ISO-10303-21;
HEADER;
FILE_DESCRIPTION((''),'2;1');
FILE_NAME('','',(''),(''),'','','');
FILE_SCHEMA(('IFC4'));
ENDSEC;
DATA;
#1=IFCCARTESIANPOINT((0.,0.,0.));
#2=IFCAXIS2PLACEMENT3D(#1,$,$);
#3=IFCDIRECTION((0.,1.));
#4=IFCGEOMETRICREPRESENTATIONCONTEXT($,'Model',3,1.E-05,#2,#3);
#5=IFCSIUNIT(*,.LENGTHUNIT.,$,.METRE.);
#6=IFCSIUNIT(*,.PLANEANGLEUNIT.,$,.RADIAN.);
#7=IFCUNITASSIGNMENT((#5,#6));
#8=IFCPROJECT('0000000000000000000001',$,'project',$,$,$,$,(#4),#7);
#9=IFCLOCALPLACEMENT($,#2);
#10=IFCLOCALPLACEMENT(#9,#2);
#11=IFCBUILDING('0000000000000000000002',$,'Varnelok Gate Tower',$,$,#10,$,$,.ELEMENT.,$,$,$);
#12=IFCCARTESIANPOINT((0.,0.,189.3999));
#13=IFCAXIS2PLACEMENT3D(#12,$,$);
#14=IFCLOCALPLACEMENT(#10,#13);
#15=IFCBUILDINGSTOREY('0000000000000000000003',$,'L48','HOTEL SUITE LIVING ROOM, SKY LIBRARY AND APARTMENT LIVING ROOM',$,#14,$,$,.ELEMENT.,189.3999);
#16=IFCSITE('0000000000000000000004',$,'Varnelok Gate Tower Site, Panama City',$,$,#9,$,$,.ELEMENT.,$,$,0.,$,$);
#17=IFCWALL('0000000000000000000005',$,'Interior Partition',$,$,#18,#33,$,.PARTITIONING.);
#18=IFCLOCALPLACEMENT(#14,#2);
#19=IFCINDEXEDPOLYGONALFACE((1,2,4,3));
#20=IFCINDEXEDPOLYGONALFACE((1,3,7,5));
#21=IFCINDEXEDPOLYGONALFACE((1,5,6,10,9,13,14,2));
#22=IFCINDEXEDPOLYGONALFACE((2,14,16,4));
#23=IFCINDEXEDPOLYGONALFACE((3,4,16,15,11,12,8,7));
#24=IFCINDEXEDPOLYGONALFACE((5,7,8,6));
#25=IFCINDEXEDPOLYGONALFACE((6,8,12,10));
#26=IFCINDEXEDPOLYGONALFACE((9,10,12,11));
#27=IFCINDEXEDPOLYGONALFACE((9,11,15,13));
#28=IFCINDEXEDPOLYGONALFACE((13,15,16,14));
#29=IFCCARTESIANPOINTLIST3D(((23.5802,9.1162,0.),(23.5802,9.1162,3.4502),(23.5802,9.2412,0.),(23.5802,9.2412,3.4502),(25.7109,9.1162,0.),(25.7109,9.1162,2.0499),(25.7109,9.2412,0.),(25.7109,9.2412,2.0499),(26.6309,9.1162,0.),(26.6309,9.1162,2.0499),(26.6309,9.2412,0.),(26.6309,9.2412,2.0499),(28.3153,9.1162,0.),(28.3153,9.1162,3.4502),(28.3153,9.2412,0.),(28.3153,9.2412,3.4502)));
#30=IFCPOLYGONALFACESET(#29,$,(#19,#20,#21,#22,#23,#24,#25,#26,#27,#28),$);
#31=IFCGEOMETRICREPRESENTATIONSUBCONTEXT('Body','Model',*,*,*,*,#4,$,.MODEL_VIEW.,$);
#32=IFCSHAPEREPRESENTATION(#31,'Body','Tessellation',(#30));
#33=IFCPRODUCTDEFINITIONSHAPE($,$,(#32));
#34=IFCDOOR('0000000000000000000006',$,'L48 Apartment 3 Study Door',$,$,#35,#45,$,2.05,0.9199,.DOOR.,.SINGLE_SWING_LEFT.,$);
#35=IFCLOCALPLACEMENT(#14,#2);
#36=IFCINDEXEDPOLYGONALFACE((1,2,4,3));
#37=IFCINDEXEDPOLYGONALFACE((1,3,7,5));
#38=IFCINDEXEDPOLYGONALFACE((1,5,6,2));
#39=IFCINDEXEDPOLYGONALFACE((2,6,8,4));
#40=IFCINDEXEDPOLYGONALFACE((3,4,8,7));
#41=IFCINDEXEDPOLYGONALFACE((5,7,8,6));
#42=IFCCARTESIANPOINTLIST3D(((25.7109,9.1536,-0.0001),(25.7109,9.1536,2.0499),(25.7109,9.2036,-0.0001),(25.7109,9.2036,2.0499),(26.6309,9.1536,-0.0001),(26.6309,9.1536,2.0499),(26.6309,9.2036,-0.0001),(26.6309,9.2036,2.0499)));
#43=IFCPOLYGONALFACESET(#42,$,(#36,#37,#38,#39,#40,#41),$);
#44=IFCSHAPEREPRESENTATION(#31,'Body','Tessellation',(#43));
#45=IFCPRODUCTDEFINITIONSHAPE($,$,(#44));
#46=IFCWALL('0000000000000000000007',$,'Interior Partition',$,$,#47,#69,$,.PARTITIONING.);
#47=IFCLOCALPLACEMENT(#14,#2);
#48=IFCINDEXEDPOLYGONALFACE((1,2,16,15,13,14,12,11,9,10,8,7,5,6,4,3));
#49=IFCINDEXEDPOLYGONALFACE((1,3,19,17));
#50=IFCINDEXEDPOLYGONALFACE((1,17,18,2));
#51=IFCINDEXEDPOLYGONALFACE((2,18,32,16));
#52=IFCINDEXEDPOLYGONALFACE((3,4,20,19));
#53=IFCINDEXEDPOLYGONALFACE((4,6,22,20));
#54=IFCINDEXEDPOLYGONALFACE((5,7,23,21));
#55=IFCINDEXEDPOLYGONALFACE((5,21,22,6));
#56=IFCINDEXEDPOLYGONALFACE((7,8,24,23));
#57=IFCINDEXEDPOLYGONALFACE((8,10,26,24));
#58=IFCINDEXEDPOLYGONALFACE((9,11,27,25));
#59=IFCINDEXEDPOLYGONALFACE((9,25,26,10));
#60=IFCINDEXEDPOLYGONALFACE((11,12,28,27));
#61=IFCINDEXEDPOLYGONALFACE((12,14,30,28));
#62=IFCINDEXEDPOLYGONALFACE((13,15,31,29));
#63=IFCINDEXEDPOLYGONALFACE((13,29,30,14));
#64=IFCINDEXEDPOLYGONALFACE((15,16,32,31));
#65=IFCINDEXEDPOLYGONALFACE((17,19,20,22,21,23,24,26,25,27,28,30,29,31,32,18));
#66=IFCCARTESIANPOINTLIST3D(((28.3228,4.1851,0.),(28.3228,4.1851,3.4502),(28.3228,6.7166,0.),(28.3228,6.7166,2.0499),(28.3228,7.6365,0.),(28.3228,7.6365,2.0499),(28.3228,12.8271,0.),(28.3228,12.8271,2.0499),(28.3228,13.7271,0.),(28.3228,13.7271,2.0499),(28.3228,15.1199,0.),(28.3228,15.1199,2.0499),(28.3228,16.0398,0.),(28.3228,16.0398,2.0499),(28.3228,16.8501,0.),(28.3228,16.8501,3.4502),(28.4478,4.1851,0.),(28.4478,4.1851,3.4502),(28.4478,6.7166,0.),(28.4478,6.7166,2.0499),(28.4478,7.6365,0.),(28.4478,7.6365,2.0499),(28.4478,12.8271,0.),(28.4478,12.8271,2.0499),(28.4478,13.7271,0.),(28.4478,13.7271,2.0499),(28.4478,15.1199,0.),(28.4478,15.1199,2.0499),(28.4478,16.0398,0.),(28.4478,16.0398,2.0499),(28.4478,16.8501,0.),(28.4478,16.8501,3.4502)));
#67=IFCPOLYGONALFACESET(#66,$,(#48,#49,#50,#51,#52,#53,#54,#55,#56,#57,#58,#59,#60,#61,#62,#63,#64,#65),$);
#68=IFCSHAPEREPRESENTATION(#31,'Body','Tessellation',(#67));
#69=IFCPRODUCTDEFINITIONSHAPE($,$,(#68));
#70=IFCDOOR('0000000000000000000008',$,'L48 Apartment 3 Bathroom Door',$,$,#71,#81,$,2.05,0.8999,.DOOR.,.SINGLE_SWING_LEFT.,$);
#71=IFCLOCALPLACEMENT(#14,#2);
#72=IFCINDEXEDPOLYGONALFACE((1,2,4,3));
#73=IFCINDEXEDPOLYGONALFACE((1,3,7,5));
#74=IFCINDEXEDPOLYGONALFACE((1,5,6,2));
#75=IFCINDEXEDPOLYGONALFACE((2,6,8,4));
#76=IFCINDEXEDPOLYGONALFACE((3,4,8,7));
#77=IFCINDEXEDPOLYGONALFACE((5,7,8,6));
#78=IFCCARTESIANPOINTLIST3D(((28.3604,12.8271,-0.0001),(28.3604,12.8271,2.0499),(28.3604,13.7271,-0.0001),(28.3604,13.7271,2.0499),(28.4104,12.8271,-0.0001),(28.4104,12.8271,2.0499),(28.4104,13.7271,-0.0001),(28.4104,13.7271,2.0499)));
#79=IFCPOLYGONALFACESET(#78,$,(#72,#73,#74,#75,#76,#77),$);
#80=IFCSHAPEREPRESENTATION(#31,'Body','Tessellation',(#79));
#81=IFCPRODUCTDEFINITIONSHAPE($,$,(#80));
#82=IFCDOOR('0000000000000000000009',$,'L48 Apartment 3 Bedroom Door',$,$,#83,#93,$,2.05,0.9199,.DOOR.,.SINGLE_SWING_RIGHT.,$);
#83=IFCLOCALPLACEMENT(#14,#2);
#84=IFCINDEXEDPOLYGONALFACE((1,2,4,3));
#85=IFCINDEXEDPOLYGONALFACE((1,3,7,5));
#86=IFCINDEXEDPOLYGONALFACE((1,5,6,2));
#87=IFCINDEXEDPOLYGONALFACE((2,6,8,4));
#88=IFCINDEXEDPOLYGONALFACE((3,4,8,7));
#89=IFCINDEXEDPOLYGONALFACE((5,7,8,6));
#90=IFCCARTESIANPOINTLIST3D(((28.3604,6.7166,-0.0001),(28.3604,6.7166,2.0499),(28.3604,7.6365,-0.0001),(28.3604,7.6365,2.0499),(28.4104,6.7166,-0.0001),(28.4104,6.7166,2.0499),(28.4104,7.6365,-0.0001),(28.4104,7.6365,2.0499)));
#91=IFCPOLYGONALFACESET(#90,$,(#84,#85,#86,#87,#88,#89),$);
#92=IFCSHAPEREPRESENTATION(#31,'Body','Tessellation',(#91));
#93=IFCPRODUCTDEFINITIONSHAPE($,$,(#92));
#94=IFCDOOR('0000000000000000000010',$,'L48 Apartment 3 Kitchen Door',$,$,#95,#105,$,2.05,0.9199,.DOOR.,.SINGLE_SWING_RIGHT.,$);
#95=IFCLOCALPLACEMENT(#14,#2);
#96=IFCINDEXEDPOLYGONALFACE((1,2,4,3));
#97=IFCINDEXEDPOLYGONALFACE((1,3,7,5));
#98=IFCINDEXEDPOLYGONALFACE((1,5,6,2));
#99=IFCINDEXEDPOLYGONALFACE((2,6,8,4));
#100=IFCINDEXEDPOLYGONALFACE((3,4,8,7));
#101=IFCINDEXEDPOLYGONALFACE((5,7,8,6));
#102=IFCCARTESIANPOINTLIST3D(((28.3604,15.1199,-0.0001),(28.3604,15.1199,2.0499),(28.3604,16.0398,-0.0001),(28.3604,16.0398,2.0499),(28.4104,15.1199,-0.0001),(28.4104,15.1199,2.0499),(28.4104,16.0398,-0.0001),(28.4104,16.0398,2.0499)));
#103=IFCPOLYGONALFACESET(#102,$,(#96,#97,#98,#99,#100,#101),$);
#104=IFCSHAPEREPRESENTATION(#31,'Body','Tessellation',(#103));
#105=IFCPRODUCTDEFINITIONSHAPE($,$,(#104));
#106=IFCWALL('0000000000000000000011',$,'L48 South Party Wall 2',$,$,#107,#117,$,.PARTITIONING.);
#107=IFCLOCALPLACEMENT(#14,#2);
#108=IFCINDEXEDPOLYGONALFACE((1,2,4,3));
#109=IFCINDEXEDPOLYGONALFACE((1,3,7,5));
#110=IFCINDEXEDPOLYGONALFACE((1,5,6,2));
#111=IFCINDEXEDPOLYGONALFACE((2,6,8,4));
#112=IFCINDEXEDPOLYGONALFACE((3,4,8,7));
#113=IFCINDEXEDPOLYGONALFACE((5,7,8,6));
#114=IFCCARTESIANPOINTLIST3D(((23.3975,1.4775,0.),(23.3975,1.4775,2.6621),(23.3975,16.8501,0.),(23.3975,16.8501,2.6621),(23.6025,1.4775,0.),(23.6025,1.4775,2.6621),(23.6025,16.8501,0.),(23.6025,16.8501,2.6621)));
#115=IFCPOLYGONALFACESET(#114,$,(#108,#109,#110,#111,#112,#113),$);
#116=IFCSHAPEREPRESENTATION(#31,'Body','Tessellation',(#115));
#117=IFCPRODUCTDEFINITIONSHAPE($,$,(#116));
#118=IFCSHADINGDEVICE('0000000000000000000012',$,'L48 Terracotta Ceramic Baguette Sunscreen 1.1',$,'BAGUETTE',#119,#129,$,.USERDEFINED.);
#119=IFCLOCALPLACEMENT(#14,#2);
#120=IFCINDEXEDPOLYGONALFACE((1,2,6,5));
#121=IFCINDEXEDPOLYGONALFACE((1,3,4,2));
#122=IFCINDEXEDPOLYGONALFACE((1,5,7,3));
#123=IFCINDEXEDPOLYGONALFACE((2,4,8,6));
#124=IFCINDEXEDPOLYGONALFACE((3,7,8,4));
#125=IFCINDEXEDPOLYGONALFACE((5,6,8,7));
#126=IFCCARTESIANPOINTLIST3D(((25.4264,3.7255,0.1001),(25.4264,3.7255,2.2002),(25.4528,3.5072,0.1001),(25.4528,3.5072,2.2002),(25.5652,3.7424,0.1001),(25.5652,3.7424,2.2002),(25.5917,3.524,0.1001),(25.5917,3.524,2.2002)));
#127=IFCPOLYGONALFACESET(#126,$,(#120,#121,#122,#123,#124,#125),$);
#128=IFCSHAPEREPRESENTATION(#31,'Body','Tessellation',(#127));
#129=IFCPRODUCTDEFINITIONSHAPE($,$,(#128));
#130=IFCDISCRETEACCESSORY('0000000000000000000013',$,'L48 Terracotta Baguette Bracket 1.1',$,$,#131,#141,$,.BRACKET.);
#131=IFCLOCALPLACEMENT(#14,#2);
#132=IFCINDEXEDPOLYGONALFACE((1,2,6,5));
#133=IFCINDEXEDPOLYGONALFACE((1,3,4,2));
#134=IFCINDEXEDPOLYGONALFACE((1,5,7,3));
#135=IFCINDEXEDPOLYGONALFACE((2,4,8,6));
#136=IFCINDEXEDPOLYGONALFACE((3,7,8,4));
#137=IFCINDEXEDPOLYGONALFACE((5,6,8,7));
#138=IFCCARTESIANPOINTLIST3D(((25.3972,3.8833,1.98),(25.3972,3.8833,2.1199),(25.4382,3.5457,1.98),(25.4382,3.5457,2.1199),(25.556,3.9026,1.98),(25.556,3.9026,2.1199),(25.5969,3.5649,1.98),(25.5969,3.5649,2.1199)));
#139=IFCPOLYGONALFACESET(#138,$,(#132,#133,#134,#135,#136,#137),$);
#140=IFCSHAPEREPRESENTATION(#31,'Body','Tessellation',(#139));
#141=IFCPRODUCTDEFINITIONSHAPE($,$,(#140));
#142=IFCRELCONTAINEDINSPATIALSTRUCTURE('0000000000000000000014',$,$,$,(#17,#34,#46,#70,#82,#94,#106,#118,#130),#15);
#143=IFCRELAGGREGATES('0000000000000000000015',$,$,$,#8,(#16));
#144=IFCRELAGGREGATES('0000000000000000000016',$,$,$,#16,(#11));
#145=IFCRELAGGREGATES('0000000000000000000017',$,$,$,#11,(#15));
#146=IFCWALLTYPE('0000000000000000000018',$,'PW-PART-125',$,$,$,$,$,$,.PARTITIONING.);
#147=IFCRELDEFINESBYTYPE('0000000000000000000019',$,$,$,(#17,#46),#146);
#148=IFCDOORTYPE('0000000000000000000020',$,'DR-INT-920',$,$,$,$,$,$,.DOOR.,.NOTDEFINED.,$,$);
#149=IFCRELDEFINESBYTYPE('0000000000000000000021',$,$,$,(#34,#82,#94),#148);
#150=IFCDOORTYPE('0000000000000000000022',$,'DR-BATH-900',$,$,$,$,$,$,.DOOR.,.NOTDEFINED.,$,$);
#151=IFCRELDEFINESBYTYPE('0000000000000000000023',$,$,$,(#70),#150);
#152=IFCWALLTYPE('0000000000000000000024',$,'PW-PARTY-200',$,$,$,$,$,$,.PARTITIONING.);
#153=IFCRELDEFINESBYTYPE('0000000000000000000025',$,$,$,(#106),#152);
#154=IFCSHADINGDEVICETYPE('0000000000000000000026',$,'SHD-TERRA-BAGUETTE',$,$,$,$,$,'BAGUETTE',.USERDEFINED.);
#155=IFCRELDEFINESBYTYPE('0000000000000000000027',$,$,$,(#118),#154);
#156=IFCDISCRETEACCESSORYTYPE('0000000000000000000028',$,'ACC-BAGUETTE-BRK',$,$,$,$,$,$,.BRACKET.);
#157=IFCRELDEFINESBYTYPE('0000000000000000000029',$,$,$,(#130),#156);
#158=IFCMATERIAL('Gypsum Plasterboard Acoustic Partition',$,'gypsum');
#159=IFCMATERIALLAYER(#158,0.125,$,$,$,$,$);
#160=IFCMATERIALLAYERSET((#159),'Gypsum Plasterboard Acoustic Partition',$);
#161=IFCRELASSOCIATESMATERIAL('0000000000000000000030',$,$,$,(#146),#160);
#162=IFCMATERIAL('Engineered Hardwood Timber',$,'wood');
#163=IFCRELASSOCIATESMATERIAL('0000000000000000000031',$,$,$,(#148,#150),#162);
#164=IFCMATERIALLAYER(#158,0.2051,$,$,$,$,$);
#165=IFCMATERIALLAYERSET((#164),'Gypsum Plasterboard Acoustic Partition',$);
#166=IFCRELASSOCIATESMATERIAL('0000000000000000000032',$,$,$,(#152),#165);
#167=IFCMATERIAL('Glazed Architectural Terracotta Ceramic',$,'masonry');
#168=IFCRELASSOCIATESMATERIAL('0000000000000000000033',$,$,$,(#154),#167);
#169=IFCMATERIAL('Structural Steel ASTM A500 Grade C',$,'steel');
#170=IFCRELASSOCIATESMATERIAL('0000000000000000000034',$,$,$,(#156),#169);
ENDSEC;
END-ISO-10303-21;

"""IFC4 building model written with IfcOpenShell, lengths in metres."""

from ifc_helpers import new_model, si_unit, direction, frame, frame_2d, origin, origin_2d, place, context, subcontext, project, spatial, rectangle, extrude, source, transform, mapped, material, layer, layer_set, type_object, element, fill, save


model = new_model("IFC4")

# Units and contexts
model_context = context("Model", 3, precision=1e-05, world=origin(), true_north=direction((0.0, 1.0)))
body_context = subcontext(model_context, "Body", "Model", "MODEL_VIEW")
ifc_project = project(units=[si_unit("LENGTHUNIT", "METRE"), si_unit("PLANEANGLEUNIT", "RADIAN")], contexts=[model_context])

# Site, building, storey
site_placement = place(None, origin())
site = spatial("IfcSite", under=ifc_project, at=site_placement, Name="Varnelok Gate Tower Site, Panama City", CompositionType="ELEMENT", RefElevation=0.0)
building_placement = place(site_placement, origin())
building = spatial("IfcBuilding", under=site, at=building_placement, Name="Varnelok Gate Tower", CompositionType="ELEMENT")
storey_placement = place(building_placement, frame((0.0, 0.0, 189.3999)))
storey = spatial("IfcBuildingStorey", under=building, at=storey_placement, Name="L48", Description="HOTEL SUITE LIVING ROOM, SKY LIBRARY AND APARTMENT LIVING ROOM", CompositionType="ELEMENT", Elevation=189.3999)

# Shared definitions
ifc_material_1 = material(Name="Gypsum Plasterboard Acoustic Partition", Category="gypsum")

# Wall, opening, door
ifc_layer_1 = layer(ifc_material_1, 0.125)
ifc_layer_set_1 = layer_set([ifc_layer_1], Name="Gypsum Plasterboard Acoustic Partition")
wall_type_1 = type_object("IfcWallType", Name="PW-PART-125", PredefinedType="PARTITIONING", material=ifc_layer_set_1)
wall_1_placement = place(storey_placement, frame((23.5801, 9.1787, 0.0), z_axis=(0.0, 0.0, 1.0), x_axis=(1.0, 0.0, 0.0)))
wall_1 = element("IfcWall", 1, at=wall_1_placement, inside=storey, type_object=wall_type_1, Name="Interior Partition", PredefinedType="PARTITIONING", context=body_context, shape_type="SweptSolid", body=[
    extrude(rectangle(XDim=4.7351, YDim=0.125, at=frame_2d((2.3677, 0.0))), origin(), (0.0, 0.0, 1.0), 3.4502),
])
opening_1_placement = place(wall_1_placement, frame((2.1309, 0.0, 0.0)))
opening_1 = element("IfcOpeningElement", 2, at=opening_1_placement, cuts=wall_1, PredefinedType="OPENING", context=body_context, shape_type="SweptSolid", body=[
    extrude(rectangle(XDim=0.9199, YDim=2.05, at=frame_2d((0.46, 1.0249))), frame((0.0, 0.0725, 0.0), z_axis=(0.0, -1.0, 0.0), x_axis=(1.0, 0.0, 0.0)), (0.0, 0.0, 1.0), 0.145),
])
ifc_material_2 = material(Name="Engineered Hardwood Timber", Category="wood")
door_type_1 = type_object("IfcDoorType", Name="DR-INT-920", OperationType="NOTDEFINED", PredefinedType="DOOR", material=ifc_material_2)
door_1_placement = place(opening_1_placement, origin())
door_1 = element("IfcDoor", 3, at=door_1_placement, inside=storey, type_object=door_type_1, Name="L48 Apartment 3 Study Door", OperationType="SINGLE_SWING_LEFT", OverallHeight=2.05, OverallWidth=0.9199, PredefinedType="DOOR", context=body_context, shape_type="SweptSolid", body=[
    extrude(rectangle(XDim=0.9199, YDim=2.05, at=frame_2d((0.46, 1.0249))), frame((0.0, 0.0249, 0.0), z_axis=(0.0, -1.0, 0.0), x_axis=(1.0, 0.0, 0.0)), (0.0, 0.0, 1.0), 0.05),
])
fill(opening_1, door_1)

# Wall, openings, doors
wall_2_placement = place(storey_placement, frame((28.3853, 4.1851, 0.0), z_axis=(0.0, 0.0, 1.0), x_axis=(0.0, 1.0, 0.0)))
wall_2 = element("IfcWall", 4, at=wall_2_placement, inside=storey, type_object=wall_type_1, Name="Interior Partition", PredefinedType="PARTITIONING", context=body_context, shape_type="SweptSolid", body=[
    extrude(rectangle(XDim=12.665, YDim=0.125, at=frame_2d((6.3325, 0.0))), origin(), (0.0, 0.0, 1.0), 3.4502),
])
opening_2_placement = place(wall_2_placement, frame((2.5315, 0.0, 0.0)))
opening_2 = element("IfcOpeningElement", 5, at=opening_2_placement, cuts=wall_2, PredefinedType="OPENING", context=body_context, shape_type="SweptSolid", body=[
    extrude(rectangle(XDim=0.9199, YDim=2.05, at=frame_2d((0.46, 1.0249))), frame((0.0, 0.0725, 0.0), z_axis=(0.0, -1.0, 0.0), x_axis=(1.0, 0.0, 0.0)), (0.0, 0.0, 1.0), 0.145),
])
opening_3_placement = place(wall_2_placement, frame((8.6421, 0.0, 0.0)))
opening_3 = element("IfcOpeningElement", 6, at=opening_3_placement, cuts=wall_2, PredefinedType="OPENING", context=body_context, shape_type="SweptSolid", body=[
    extrude(rectangle(XDim=0.8999, YDim=2.05, at=frame_2d((0.45, 1.0249))), frame((0.0, 0.0725, 0.0), z_axis=(0.0, -1.0, 0.0), x_axis=(1.0, 0.0, 0.0)), (0.0, 0.0, 1.0), 0.145),
])
opening_4_placement = place(wall_2_placement, frame((10.9348, 0.0, 0.0)))
opening_4 = element("IfcOpeningElement", 7, at=opening_4_placement, cuts=wall_2, PredefinedType="OPENING", context=body_context, shape_type="SweptSolid", body=[
    extrude(rectangle(XDim=0.9199, YDim=2.05, at=frame_2d((0.46, 1.0249))), frame((0.0, 0.0725, 0.0), z_axis=(0.0, -1.0, 0.0), x_axis=(1.0, 0.0, 0.0)), (0.0, 0.0, 1.0), 0.145),
])
door_type_2 = type_object("IfcDoorType", Name="DR-BATH-900", OperationType="NOTDEFINED", PredefinedType="DOOR", material=ifc_material_2)
door_2_placement = place(opening_3_placement, origin())
door_2 = element("IfcDoor", 8, at=door_2_placement, inside=storey, type_object=door_type_2, Name="L48 Apartment 3 Bathroom Door", OperationType="SINGLE_SWING_LEFT", OverallHeight=2.05, OverallWidth=0.8999, PredefinedType="DOOR", context=body_context, shape_type="SweptSolid", body=[
    extrude(rectangle(XDim=0.8999, YDim=2.05, at=frame_2d((0.45, 1.0249))), frame((0.0, 0.0249, 0.0), z_axis=(0.0, -1.0, 0.0), x_axis=(1.0, 0.0, 0.0)), (0.0, 0.0, 1.0), 0.05),
])
fill(opening_3, door_2)
door_3_placement = place(opening_2_placement, origin())
door_3 = element("IfcDoor", 9, at=door_3_placement, inside=storey, type_object=door_type_1, Name="L48 Apartment 3 Bedroom Door", OperationType="SINGLE_SWING_RIGHT", OverallHeight=2.05, OverallWidth=0.9199, PredefinedType="DOOR", context=body_context, shape_type="SweptSolid", body=[
    extrude(rectangle(XDim=0.9199, YDim=2.05, at=frame_2d((0.46, 1.0249))), frame((0.0, 0.0249, 0.0), z_axis=(0.0, -1.0, 0.0), x_axis=(1.0, 0.0, 0.0)), (0.0, 0.0, 1.0), 0.05),
])
fill(opening_2, door_3)
door_4_placement = place(opening_4_placement, origin())
door_4 = element("IfcDoor", 10, at=door_4_placement, inside=storey, type_object=door_type_1, Name="L48 Apartment 3 Kitchen Door", OperationType="SINGLE_SWING_RIGHT", OverallHeight=2.05, OverallWidth=0.9199, PredefinedType="DOOR", context=body_context, shape_type="SweptSolid", body=[
    extrude(rectangle(XDim=0.9199, YDim=2.05, at=frame_2d((0.46, 1.0249))), frame((0.0, 0.0249, 0.0), z_axis=(0.0, -1.0, 0.0), x_axis=(1.0, 0.0, 0.0)), (0.0, 0.0, 1.0), 0.05),
])
fill(opening_4, door_4)

# Wall
ifc_layer_2 = layer(ifc_material_1, 0.2051)
ifc_layer_set_2 = layer_set([ifc_layer_2], Name="Gypsum Plasterboard Acoustic Partition")
wall_type_2 = type_object("IfcWallType", Name="PW-PARTY-200", PredefinedType="PARTITIONING", material=ifc_layer_set_2)
wall_3_placement = place(storey_placement, frame((23.5, 1.4775, 0.0), z_axis=(0.0, 0.0, 1.0), x_axis=(0.0, 1.0, 0.0)))
element("IfcWall", 11, at=wall_3_placement, inside=storey, type_object=wall_type_2, Name="L48 South Party Wall 2", PredefinedType="PARTITIONING", context=body_context, shape_type="SweptSolid", body=[
    extrude(rectangle(XDim=15.3726, YDim=0.2051, at=frame_2d((7.6863, 0.0))), origin(), (0.0, 0.0, 1.0), 2.6621),
])

# Shading device
ifc_material_3 = material(Name="Glazed Architectural Terracotta Ceramic", Category="masonry")
shading_device_type = type_object("IfcShadingDeviceType", Name="SHD-TERRA-BAGUETTE", ElementType="BAGUETTE", PredefinedType="USERDEFINED", material=ifc_material_3)
shared_shape_1 = source(origin(), body_context, "Body", "SweptSolid", [
    extrude(rectangle(XDim=0.1399, YDim=0.22, at=origin_2d()), origin(), (0.0, 0.0, 1.0), 2.1001),
])
shading_device_placement = place(storey_placement, frame((25.509, 3.6248, 0.1001), z_axis=(0.0, 0.0, 1.0), x_axis=(0.992732, 0.120345, 0.0)))
element("IfcShadingDevice", 12, at=shading_device_placement, inside=storey, type_object=shading_device_type, Name="L48 Terracotta Ceramic Baguette Sunscreen 1.1", ObjectType="BAGUETTE", PredefinedType="USERDEFINED", context=body_context, shape_type="MappedRepresentation", body=[
    mapped(shared_shape_1, transform((0.0, 0.0, 0.0), scale=1.0)),
])

# Discrete accessory
ifc_material_4 = material(Name="Structural Steel ASTM A500 Grade C", Category="steel")
discrete_accessory_type = type_object("IfcDiscreteAccessoryType", Name="ACC-BAGUETTE-BRK", PredefinedType="BRACKET", material=ifc_material_4)
shared_shape_2 = source(origin(), body_context, "Body", "SweptSolid", [
    extrude(rectangle(XDim=0.1599, YDim=0.3401, at=origin_2d()), origin(), (0.0, 0.0, 1.0), 0.1399),
])
discrete_accessory_placement = place(storey_placement, frame((25.4971, 3.7241, 1.98), z_axis=(0.0, 0.0, 1.0), x_axis=(0.992732, 0.120345, 0.0)))
element("IfcDiscreteAccessory", 13, at=discrete_accessory_placement, inside=storey, type_object=discrete_accessory_type, Name="L48 Terracotta Baguette Bracket 1.1", PredefinedType="BRACKET", context=body_context, shape_type="MappedRepresentation", body=[
    mapped(shared_shape_2, transform((0.0, 0.0, 0.0), scale=1.0)),
])

save(model, "model.ifc")
